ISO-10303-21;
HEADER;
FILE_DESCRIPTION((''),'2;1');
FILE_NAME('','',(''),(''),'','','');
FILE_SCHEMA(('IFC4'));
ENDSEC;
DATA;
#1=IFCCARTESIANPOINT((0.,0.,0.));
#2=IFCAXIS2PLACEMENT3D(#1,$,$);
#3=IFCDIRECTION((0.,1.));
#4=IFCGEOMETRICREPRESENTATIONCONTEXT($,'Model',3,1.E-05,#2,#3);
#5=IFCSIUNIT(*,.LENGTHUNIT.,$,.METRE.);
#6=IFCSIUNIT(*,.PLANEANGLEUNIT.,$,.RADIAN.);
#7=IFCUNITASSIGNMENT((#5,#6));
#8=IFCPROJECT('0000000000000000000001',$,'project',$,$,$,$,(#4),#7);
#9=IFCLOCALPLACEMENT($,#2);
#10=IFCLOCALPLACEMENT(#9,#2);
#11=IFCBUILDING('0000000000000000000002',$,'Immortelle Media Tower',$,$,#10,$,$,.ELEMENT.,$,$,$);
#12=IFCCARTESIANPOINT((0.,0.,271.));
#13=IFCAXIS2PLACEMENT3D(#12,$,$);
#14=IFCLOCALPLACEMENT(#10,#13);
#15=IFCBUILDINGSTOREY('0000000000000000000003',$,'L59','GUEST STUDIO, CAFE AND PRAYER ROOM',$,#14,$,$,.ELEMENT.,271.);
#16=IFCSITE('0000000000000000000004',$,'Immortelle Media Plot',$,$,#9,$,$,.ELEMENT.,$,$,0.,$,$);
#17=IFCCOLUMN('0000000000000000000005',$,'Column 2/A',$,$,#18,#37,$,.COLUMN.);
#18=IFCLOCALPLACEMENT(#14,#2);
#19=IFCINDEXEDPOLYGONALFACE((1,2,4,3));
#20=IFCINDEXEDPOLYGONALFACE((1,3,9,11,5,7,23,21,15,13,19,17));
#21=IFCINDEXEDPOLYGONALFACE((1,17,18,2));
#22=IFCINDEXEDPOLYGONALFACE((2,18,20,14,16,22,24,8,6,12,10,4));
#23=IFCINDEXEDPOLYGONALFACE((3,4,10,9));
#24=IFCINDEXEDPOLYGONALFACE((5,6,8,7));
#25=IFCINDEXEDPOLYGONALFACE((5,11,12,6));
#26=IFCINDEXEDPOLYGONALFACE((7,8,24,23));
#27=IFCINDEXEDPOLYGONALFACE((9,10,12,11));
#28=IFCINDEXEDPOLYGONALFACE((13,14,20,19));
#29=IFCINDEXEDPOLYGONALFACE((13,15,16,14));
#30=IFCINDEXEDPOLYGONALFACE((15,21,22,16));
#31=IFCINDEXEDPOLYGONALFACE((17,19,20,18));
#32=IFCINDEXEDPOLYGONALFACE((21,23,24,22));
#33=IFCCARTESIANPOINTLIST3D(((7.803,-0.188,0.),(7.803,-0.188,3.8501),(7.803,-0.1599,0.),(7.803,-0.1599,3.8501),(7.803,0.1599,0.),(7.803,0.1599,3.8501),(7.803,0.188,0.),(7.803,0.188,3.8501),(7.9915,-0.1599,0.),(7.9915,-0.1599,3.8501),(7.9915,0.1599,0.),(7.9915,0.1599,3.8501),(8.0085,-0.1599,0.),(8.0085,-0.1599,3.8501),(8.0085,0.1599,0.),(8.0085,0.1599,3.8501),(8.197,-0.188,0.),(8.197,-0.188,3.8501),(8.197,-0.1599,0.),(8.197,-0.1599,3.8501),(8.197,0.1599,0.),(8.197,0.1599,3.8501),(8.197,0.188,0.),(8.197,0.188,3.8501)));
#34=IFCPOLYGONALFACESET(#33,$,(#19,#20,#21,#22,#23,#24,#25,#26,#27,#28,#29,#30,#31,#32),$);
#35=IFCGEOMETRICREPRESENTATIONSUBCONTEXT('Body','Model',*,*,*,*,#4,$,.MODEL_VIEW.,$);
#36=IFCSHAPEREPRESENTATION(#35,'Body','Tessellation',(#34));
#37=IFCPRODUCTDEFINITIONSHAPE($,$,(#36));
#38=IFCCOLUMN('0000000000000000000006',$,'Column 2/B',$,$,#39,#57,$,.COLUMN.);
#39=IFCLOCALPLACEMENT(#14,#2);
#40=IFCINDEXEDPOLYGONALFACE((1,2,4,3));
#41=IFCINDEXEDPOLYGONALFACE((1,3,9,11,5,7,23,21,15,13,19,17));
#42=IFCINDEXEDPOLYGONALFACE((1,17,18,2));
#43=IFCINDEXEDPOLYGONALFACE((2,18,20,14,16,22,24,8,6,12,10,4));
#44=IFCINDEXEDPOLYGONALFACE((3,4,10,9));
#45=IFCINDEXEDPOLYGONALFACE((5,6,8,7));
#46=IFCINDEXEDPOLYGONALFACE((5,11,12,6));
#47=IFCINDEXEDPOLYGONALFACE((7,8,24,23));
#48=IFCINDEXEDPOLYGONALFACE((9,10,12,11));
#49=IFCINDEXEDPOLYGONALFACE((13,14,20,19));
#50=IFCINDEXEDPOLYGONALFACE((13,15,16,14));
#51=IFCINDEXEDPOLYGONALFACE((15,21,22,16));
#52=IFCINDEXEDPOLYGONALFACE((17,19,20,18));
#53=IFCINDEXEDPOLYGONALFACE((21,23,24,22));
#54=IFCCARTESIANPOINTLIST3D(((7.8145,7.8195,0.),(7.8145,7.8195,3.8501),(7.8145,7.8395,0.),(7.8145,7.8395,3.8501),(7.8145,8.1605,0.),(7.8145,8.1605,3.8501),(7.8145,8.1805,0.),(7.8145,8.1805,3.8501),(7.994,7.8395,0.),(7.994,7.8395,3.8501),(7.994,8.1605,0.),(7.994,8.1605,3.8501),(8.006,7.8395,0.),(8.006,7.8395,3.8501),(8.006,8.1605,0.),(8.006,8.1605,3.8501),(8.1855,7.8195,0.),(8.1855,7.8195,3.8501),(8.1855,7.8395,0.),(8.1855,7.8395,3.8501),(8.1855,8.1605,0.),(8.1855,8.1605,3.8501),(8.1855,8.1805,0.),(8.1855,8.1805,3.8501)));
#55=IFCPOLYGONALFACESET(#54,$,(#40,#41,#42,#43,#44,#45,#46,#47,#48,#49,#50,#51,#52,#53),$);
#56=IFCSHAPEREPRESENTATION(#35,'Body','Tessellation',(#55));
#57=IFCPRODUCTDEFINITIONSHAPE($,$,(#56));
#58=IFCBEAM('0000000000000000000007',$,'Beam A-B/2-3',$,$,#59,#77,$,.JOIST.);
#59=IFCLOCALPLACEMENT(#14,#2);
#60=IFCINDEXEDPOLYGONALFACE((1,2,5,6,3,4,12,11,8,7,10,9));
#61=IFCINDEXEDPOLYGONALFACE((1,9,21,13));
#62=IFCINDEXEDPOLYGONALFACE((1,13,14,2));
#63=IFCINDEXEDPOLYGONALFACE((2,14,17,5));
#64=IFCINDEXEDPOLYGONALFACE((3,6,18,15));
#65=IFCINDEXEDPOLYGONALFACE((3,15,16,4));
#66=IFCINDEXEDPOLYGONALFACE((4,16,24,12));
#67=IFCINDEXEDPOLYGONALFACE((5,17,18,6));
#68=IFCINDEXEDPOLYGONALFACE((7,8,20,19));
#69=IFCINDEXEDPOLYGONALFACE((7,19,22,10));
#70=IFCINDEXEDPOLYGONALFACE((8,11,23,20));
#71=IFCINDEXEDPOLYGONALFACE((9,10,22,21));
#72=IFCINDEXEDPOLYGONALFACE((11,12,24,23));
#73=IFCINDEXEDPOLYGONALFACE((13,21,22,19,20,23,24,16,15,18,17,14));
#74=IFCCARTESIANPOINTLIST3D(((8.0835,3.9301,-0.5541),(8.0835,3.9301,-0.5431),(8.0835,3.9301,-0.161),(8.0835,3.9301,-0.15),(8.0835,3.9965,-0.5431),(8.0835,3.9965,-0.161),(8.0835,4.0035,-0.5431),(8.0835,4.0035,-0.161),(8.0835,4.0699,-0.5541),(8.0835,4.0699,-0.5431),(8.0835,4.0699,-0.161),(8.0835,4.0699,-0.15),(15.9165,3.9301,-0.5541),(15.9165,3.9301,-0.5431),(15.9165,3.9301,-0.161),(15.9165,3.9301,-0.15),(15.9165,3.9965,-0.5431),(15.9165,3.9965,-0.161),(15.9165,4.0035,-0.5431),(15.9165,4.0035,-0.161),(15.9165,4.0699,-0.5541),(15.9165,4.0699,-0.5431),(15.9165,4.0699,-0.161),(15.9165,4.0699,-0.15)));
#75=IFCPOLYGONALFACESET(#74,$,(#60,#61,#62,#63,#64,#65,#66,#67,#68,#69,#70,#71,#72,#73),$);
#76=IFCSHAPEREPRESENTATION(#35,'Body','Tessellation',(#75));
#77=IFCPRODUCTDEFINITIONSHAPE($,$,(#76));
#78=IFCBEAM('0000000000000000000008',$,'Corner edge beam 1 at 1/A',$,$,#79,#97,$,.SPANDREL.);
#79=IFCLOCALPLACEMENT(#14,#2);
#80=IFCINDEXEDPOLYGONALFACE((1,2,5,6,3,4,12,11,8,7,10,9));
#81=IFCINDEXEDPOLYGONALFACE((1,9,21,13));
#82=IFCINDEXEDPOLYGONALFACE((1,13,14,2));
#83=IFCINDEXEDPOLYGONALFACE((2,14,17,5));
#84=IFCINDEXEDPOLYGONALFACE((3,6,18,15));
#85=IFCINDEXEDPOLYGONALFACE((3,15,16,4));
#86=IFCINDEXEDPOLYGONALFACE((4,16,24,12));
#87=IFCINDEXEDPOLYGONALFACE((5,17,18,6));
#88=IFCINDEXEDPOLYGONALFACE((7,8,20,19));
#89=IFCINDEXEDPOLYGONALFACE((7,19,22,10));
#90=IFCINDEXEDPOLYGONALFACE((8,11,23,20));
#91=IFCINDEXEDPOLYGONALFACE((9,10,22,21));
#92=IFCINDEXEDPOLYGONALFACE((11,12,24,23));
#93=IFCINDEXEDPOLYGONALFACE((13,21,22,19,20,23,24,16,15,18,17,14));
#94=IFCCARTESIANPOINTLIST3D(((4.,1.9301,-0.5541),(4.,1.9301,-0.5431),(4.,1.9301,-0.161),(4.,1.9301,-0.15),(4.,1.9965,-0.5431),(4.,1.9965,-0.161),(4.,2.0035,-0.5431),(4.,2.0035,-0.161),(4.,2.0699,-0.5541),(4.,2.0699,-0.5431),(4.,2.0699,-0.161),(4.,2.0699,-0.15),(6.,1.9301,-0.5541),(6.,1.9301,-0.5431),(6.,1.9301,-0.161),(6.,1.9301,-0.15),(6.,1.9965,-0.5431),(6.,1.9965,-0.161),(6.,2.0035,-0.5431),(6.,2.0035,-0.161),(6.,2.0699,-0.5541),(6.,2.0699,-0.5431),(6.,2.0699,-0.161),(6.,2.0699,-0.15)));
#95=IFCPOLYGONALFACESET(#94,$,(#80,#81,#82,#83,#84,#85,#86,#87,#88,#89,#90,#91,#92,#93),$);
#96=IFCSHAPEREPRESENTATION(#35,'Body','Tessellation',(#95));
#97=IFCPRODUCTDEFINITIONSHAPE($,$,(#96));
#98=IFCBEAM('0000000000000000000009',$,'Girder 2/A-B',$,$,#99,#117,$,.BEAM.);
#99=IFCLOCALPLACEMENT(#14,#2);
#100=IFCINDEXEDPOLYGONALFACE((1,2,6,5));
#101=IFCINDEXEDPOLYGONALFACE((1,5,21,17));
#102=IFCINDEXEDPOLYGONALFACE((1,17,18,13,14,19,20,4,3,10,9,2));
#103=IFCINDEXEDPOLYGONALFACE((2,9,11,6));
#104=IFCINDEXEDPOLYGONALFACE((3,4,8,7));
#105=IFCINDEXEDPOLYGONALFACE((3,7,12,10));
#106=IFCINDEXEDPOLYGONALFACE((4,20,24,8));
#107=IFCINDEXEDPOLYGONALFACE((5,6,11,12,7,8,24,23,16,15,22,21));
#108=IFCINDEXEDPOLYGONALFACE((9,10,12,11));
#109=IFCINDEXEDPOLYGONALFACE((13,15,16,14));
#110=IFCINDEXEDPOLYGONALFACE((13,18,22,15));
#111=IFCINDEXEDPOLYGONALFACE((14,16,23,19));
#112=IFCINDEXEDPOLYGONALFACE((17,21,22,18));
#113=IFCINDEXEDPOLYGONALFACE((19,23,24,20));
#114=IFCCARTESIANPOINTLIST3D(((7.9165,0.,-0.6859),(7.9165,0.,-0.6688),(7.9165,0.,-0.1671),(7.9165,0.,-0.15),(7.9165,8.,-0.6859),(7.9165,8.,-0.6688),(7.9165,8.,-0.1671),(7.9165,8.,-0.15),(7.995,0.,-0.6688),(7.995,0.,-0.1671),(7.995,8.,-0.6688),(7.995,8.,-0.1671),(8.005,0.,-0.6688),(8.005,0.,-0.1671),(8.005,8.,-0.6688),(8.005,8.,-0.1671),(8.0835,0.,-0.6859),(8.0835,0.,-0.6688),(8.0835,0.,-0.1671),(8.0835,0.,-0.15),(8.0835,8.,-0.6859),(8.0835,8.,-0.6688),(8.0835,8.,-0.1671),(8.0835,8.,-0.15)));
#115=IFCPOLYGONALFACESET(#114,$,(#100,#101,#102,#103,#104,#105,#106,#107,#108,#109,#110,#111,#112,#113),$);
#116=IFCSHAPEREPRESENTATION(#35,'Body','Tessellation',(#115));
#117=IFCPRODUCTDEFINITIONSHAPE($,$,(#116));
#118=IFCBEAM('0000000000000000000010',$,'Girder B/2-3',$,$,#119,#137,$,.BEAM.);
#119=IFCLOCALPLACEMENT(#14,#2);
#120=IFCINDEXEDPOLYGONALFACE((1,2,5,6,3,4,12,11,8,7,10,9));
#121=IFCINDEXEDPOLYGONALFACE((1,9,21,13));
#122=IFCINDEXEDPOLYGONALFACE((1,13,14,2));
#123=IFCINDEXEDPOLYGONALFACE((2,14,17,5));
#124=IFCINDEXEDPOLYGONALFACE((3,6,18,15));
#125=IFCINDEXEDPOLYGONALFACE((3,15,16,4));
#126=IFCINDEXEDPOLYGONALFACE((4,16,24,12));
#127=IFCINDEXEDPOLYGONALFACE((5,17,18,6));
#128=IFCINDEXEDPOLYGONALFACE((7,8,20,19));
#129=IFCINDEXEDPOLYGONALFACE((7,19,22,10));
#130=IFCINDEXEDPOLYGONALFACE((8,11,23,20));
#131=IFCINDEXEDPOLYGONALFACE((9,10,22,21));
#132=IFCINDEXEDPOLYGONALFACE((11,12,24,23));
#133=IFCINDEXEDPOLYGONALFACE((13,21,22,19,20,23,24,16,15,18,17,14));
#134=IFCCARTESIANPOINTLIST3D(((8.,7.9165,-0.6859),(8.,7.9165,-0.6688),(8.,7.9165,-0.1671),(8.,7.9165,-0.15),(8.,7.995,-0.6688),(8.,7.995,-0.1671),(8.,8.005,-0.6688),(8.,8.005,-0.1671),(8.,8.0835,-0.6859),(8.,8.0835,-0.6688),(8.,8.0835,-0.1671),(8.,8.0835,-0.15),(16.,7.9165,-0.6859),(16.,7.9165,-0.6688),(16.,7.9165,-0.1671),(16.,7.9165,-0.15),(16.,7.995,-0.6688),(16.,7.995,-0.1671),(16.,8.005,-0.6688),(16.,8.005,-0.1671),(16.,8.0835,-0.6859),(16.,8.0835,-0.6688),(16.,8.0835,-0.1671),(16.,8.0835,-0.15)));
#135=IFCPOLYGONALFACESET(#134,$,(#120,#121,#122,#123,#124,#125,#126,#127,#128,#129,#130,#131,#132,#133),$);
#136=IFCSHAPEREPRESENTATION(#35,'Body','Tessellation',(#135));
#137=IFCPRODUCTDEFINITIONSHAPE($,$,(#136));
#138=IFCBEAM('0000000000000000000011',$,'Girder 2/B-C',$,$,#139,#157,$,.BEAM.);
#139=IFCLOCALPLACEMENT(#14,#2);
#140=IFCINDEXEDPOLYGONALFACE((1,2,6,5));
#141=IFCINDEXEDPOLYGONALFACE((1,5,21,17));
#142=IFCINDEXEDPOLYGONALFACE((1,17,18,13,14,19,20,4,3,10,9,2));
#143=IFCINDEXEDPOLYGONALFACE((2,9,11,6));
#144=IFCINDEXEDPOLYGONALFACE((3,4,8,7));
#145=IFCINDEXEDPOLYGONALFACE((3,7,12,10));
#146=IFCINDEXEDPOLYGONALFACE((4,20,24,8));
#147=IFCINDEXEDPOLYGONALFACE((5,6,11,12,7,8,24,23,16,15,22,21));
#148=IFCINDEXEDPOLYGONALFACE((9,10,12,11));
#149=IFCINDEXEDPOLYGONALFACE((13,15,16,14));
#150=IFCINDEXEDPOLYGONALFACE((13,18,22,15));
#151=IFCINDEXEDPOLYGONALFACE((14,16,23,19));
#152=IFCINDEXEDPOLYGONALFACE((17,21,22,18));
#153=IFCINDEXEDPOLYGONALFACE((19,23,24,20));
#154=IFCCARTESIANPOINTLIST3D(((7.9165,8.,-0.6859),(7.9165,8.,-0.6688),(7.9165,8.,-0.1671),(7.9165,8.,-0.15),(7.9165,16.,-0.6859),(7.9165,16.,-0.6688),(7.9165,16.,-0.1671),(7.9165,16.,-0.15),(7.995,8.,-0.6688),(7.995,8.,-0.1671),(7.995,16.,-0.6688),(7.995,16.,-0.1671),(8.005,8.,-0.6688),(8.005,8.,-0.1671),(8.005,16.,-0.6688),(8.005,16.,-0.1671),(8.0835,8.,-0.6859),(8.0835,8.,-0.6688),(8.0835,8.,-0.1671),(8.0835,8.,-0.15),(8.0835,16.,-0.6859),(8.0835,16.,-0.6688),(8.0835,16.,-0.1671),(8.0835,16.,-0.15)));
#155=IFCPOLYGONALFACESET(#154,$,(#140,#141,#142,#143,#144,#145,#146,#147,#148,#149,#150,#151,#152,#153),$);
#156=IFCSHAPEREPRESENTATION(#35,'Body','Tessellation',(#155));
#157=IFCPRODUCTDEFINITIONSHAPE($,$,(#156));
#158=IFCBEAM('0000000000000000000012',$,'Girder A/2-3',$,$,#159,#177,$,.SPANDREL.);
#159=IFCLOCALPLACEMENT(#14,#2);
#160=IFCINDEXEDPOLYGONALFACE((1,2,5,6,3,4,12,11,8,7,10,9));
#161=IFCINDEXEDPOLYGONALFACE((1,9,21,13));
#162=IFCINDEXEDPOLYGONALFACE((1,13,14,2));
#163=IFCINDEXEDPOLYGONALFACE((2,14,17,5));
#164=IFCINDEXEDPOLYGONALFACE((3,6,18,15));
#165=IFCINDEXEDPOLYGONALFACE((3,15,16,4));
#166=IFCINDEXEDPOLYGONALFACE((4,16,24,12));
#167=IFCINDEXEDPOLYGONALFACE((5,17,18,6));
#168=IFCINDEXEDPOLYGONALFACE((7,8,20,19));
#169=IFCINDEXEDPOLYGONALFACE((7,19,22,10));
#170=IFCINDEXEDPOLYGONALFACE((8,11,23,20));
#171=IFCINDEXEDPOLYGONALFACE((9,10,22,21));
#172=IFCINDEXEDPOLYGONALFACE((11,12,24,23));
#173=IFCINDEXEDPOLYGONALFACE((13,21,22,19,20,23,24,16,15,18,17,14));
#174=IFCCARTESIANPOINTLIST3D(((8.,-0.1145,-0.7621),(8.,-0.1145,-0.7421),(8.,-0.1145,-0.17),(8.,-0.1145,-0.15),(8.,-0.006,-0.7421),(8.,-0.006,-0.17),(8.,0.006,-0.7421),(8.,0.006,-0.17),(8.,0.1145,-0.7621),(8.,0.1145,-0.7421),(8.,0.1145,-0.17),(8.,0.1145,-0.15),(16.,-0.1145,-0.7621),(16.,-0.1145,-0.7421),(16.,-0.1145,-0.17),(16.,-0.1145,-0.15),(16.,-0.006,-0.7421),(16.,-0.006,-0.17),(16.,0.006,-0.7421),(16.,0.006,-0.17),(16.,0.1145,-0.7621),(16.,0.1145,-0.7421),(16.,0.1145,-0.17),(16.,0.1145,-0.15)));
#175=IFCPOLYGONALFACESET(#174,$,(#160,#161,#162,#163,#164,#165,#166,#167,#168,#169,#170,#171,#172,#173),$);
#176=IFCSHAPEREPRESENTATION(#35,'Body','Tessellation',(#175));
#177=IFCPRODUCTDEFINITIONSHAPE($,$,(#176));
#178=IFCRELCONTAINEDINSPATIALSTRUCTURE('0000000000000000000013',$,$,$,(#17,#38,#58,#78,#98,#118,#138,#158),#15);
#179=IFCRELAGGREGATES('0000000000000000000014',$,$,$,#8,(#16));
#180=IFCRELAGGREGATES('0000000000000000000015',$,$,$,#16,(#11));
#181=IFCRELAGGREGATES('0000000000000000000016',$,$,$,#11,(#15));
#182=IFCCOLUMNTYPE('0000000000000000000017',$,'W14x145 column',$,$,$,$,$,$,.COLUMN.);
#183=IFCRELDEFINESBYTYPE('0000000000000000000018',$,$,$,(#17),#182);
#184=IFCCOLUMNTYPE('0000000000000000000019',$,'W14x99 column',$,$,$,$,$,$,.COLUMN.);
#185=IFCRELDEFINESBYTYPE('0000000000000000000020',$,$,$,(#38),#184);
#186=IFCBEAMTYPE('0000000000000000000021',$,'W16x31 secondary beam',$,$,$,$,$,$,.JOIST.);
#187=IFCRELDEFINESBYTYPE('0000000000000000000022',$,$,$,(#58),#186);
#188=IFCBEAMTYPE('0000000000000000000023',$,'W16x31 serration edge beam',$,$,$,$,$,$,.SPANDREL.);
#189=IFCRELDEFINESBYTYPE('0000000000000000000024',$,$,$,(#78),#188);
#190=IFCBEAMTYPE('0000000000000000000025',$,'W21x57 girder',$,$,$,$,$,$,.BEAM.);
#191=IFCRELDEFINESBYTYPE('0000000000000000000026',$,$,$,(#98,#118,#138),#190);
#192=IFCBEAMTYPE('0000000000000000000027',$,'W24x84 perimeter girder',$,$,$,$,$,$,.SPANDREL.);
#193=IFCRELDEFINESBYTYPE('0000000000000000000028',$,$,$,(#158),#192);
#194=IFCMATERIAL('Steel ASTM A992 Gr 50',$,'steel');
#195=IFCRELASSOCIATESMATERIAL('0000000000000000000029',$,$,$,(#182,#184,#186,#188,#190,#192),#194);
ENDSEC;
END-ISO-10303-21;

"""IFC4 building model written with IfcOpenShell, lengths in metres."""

from ifc_helpers import new_model, si_unit, direction, frame, origin, origin_2d, place, context, subcontext, project, spatial, i_section, extrude, material, material_profile, profile_set, type_object, element, save


model = new_model("IFC4")

# Units and contexts
model_context = context("Model", 3, precision=1e-05, world=origin(), true_north=direction((0.0, 1.0)))
body_context = subcontext(model_context, "Body", "Model", "MODEL_VIEW")
ifc_project = project(units=[si_unit("LENGTHUNIT", "METRE"), si_unit("PLANEANGLEUNIT", "RADIAN")], contexts=[model_context])

# Site, building, storey
site_placement = place(None, origin())
site = spatial("IfcSite", under=ifc_project, at=site_placement, Name="Immortelle Media Plot", CompositionType="ELEMENT", RefElevation=0.0)
building_placement = place(site_placement, origin())
building = spatial("IfcBuilding", under=site, at=building_placement, Name="Immortelle Media Tower", CompositionType="ELEMENT")
storey_placement = place(building_placement, frame((0.0, 0.0, 271.0)))
storey = spatial("IfcBuildingStorey", under=building, at=storey_placement, Name="L59", Description="GUEST STUDIO, CAFE AND PRAYER ROOM", CompositionType="ELEMENT", Elevation=271.0)

# Columns
ifc_material_1 = material(Name="Steel ASTM A992 Gr 50", Category="steel")
ifc_material_profile_1 = material_profile(ifc_material_1, i_section(OverallWidth=0.394, OverallDepth=0.376, WebThickness=0.0171, FlangeThickness=0.0281, at=origin_2d()), Name="W14x145")
ifc_profile_set_1 = profile_set([ifc_material_profile_1], Name="Steel ASTM A992 Gr 50")
column_type_1 = type_object("IfcColumnType", Name="W14x145 column", PredefinedType="COLUMN", material=ifc_profile_set_1)
column_1_placement = place(storey_placement, frame((8.0, 0.0, 0.0), z_axis=(0.0, 0.0, 1.0), x_axis=(1.0, 0.0, 0.0)))
element("IfcColumn", 1, at=column_1_placement, inside=storey, type_object=column_type_1, Name="Column 2/A", PredefinedType="COLUMN", context=body_context, shape_type="SweptSolid", body=[
    extrude(i_section(OverallWidth=0.394, OverallDepth=0.376, WebThickness=0.0171, FlangeThickness=0.0281, at=origin_2d()), origin(), (0.0, 0.0, 1.0), 3.8501),
])
ifc_material_profile_2 = material_profile(ifc_material_1, i_section(OverallWidth=0.3711, OverallDepth=0.3611, WebThickness=0.012, FlangeThickness=0.02, at=origin_2d()), Name="W14x99")
ifc_profile_set_2 = profile_set([ifc_material_profile_2], Name="Steel ASTM A992 Gr 50")
column_type_2 = type_object("IfcColumnType", Name="W14x99 column", PredefinedType="COLUMN", material=ifc_profile_set_2)
column_2_placement = place(storey_placement, frame((8.0, 8.0, 0.0), z_axis=(0.0, 0.0, 1.0), x_axis=(1.0, 0.0, 0.0)))
element("IfcColumn", 2, at=column_2_placement, inside=storey, type_object=column_type_2, Name="Column 2/B", PredefinedType="COLUMN", context=body_context, shape_type="SweptSolid", body=[
    extrude(i_section(OverallWidth=0.3711, OverallDepth=0.3611, WebThickness=0.012, FlangeThickness=0.02, at=origin_2d()), origin(), (0.0, 0.0, 1.0), 3.8501),
])

# Beams
ifc_material_profile_3 = material_profile(ifc_material_1, i_section(OverallWidth=0.1399, OverallDepth=0.4041, WebThickness=0.0071, FlangeThickness=0.011, at=origin_2d()), Name="W16x31")
ifc_profile_set_3 = profile_set([ifc_material_profile_3], Name="Steel ASTM A992 Gr 50")
beam_type_1 = type_object("IfcBeamType", Name="W16x31 secondary beam", PredefinedType="JOIST", material=ifc_profile_set_3)
beam_1_placement = place(storey_placement, frame((8.0835, 4.0, -0.3521), z_axis=(1.0, 0.0, 0.0), x_axis=(0.0, 1.0, 0.0)))
element("IfcBeam", 3, at=beam_1_placement, inside=storey, type_object=beam_type_1, Name="Beam A-B/2-3", PredefinedType="JOIST", context=body_context, shape_type="SweptSolid", body=[
    extrude(i_section(OverallWidth=0.1399, OverallDepth=0.4041, WebThickness=0.0071, FlangeThickness=0.011, at=origin_2d()), origin(), (0.0, 0.0, 1.0), 7.833),
])
ifc_material_profile_4 = material_profile(ifc_material_1, i_section(OverallWidth=0.1399, OverallDepth=0.4041, WebThickness=0.0071, FlangeThickness=0.011, at=origin_2d()), Name="W16x31")
ifc_profile_set_4 = profile_set([ifc_material_profile_4], Name="Steel ASTM A992 Gr 50")
beam_type_2 = type_object("IfcBeamType", Name="W16x31 serration edge beam", PredefinedType="SPANDREL", material=ifc_profile_set_4)
beam_2_placement = place(storey_placement, frame((6.0, 2.0, -0.3521), z_axis=(-1.0, 0.0, 0.0), x_axis=(0.0, -1.0, 0.0)))
element("IfcBeam", 4, at=beam_2_placement, inside=storey, type_object=beam_type_2, Name="Corner edge beam 1 at 1/A", PredefinedType="SPANDREL", context=body_context, shape_type="SweptSolid", body=[
    extrude(i_section(OverallWidth=0.1399, OverallDepth=0.4041, WebThickness=0.0071, FlangeThickness=0.011, at=origin_2d()), origin(), (0.0, 0.0, 1.0), 2.0),
])
ifc_material_profile_5 = material_profile(ifc_material_1, i_section(OverallWidth=0.167, OverallDepth=0.5359, WebThickness=0.01, FlangeThickness=0.0171, at=origin_2d()), Name="W21x57")
ifc_profile_set_5 = profile_set([ifc_material_profile_5], Name="Steel ASTM A992 Gr 50")
beam_type_3 = type_object("IfcBeamType", Name="W21x57 girder", PredefinedType="BEAM", material=ifc_profile_set_5)
for number, where, z_axis, x_axis, name in (
    (5, (8.0, 0.0, -0.418), (0.0, 1.0, 0.0), (-1.0, 0.0, 0.0), "Girder 2/A-B"),
    (6, (8.0, 8.0, -0.418), (1.0, 0.0, 0.0), (0.0, 1.0, 0.0), "Girder B/2-3"),
    (7, (8.0, 8.0, -0.418), (0.0, 1.0, 0.0), (-1.0, 0.0, 0.0), "Girder 2/B-C"),
):
    element("IfcBeam", number, at=place(storey_placement, frame(where, z_axis=z_axis, x_axis=x_axis)), inside=storey, type_object=beam_type_3, Name=name, PredefinedType="BEAM", context=body_context, shape_type="SweptSolid", body=[
        extrude(i_section(OverallWidth=0.167, OverallDepth=0.5359, WebThickness=0.01, FlangeThickness=0.0171, at=origin_2d()), origin(), (0.0, 0.0, 1.0), 8.0),
    ])
ifc_material_profile_6 = material_profile(ifc_material_1, i_section(OverallWidth=0.229, OverallDepth=0.6121, WebThickness=0.012, FlangeThickness=0.02, at=origin_2d()), Name="W24x84")
ifc_profile_set_6 = profile_set([ifc_material_profile_6], Name="Steel ASTM A992 Gr 50")
beam_type_4 = type_object("IfcBeamType", Name="W24x84 perimeter girder", PredefinedType="SPANDREL", material=ifc_profile_set_6)
beam_3_placement = place(storey_placement, frame((8.0, 0.0, -0.4561), z_axis=(1.0, 0.0, 0.0), x_axis=(0.0, 1.0, 0.0)))
element("IfcBeam", 8, at=beam_3_placement, inside=storey, type_object=beam_type_4, Name="Girder A/2-3", PredefinedType="SPANDREL", context=body_context, shape_type="SweptSolid", body=[
    extrude(i_section(OverallWidth=0.229, OverallDepth=0.6121, WebThickness=0.012, FlangeThickness=0.02, at=origin_2d()), origin(), (0.0, 0.0, 1.0), 8.0),
])

save(model, "model.ifc")
